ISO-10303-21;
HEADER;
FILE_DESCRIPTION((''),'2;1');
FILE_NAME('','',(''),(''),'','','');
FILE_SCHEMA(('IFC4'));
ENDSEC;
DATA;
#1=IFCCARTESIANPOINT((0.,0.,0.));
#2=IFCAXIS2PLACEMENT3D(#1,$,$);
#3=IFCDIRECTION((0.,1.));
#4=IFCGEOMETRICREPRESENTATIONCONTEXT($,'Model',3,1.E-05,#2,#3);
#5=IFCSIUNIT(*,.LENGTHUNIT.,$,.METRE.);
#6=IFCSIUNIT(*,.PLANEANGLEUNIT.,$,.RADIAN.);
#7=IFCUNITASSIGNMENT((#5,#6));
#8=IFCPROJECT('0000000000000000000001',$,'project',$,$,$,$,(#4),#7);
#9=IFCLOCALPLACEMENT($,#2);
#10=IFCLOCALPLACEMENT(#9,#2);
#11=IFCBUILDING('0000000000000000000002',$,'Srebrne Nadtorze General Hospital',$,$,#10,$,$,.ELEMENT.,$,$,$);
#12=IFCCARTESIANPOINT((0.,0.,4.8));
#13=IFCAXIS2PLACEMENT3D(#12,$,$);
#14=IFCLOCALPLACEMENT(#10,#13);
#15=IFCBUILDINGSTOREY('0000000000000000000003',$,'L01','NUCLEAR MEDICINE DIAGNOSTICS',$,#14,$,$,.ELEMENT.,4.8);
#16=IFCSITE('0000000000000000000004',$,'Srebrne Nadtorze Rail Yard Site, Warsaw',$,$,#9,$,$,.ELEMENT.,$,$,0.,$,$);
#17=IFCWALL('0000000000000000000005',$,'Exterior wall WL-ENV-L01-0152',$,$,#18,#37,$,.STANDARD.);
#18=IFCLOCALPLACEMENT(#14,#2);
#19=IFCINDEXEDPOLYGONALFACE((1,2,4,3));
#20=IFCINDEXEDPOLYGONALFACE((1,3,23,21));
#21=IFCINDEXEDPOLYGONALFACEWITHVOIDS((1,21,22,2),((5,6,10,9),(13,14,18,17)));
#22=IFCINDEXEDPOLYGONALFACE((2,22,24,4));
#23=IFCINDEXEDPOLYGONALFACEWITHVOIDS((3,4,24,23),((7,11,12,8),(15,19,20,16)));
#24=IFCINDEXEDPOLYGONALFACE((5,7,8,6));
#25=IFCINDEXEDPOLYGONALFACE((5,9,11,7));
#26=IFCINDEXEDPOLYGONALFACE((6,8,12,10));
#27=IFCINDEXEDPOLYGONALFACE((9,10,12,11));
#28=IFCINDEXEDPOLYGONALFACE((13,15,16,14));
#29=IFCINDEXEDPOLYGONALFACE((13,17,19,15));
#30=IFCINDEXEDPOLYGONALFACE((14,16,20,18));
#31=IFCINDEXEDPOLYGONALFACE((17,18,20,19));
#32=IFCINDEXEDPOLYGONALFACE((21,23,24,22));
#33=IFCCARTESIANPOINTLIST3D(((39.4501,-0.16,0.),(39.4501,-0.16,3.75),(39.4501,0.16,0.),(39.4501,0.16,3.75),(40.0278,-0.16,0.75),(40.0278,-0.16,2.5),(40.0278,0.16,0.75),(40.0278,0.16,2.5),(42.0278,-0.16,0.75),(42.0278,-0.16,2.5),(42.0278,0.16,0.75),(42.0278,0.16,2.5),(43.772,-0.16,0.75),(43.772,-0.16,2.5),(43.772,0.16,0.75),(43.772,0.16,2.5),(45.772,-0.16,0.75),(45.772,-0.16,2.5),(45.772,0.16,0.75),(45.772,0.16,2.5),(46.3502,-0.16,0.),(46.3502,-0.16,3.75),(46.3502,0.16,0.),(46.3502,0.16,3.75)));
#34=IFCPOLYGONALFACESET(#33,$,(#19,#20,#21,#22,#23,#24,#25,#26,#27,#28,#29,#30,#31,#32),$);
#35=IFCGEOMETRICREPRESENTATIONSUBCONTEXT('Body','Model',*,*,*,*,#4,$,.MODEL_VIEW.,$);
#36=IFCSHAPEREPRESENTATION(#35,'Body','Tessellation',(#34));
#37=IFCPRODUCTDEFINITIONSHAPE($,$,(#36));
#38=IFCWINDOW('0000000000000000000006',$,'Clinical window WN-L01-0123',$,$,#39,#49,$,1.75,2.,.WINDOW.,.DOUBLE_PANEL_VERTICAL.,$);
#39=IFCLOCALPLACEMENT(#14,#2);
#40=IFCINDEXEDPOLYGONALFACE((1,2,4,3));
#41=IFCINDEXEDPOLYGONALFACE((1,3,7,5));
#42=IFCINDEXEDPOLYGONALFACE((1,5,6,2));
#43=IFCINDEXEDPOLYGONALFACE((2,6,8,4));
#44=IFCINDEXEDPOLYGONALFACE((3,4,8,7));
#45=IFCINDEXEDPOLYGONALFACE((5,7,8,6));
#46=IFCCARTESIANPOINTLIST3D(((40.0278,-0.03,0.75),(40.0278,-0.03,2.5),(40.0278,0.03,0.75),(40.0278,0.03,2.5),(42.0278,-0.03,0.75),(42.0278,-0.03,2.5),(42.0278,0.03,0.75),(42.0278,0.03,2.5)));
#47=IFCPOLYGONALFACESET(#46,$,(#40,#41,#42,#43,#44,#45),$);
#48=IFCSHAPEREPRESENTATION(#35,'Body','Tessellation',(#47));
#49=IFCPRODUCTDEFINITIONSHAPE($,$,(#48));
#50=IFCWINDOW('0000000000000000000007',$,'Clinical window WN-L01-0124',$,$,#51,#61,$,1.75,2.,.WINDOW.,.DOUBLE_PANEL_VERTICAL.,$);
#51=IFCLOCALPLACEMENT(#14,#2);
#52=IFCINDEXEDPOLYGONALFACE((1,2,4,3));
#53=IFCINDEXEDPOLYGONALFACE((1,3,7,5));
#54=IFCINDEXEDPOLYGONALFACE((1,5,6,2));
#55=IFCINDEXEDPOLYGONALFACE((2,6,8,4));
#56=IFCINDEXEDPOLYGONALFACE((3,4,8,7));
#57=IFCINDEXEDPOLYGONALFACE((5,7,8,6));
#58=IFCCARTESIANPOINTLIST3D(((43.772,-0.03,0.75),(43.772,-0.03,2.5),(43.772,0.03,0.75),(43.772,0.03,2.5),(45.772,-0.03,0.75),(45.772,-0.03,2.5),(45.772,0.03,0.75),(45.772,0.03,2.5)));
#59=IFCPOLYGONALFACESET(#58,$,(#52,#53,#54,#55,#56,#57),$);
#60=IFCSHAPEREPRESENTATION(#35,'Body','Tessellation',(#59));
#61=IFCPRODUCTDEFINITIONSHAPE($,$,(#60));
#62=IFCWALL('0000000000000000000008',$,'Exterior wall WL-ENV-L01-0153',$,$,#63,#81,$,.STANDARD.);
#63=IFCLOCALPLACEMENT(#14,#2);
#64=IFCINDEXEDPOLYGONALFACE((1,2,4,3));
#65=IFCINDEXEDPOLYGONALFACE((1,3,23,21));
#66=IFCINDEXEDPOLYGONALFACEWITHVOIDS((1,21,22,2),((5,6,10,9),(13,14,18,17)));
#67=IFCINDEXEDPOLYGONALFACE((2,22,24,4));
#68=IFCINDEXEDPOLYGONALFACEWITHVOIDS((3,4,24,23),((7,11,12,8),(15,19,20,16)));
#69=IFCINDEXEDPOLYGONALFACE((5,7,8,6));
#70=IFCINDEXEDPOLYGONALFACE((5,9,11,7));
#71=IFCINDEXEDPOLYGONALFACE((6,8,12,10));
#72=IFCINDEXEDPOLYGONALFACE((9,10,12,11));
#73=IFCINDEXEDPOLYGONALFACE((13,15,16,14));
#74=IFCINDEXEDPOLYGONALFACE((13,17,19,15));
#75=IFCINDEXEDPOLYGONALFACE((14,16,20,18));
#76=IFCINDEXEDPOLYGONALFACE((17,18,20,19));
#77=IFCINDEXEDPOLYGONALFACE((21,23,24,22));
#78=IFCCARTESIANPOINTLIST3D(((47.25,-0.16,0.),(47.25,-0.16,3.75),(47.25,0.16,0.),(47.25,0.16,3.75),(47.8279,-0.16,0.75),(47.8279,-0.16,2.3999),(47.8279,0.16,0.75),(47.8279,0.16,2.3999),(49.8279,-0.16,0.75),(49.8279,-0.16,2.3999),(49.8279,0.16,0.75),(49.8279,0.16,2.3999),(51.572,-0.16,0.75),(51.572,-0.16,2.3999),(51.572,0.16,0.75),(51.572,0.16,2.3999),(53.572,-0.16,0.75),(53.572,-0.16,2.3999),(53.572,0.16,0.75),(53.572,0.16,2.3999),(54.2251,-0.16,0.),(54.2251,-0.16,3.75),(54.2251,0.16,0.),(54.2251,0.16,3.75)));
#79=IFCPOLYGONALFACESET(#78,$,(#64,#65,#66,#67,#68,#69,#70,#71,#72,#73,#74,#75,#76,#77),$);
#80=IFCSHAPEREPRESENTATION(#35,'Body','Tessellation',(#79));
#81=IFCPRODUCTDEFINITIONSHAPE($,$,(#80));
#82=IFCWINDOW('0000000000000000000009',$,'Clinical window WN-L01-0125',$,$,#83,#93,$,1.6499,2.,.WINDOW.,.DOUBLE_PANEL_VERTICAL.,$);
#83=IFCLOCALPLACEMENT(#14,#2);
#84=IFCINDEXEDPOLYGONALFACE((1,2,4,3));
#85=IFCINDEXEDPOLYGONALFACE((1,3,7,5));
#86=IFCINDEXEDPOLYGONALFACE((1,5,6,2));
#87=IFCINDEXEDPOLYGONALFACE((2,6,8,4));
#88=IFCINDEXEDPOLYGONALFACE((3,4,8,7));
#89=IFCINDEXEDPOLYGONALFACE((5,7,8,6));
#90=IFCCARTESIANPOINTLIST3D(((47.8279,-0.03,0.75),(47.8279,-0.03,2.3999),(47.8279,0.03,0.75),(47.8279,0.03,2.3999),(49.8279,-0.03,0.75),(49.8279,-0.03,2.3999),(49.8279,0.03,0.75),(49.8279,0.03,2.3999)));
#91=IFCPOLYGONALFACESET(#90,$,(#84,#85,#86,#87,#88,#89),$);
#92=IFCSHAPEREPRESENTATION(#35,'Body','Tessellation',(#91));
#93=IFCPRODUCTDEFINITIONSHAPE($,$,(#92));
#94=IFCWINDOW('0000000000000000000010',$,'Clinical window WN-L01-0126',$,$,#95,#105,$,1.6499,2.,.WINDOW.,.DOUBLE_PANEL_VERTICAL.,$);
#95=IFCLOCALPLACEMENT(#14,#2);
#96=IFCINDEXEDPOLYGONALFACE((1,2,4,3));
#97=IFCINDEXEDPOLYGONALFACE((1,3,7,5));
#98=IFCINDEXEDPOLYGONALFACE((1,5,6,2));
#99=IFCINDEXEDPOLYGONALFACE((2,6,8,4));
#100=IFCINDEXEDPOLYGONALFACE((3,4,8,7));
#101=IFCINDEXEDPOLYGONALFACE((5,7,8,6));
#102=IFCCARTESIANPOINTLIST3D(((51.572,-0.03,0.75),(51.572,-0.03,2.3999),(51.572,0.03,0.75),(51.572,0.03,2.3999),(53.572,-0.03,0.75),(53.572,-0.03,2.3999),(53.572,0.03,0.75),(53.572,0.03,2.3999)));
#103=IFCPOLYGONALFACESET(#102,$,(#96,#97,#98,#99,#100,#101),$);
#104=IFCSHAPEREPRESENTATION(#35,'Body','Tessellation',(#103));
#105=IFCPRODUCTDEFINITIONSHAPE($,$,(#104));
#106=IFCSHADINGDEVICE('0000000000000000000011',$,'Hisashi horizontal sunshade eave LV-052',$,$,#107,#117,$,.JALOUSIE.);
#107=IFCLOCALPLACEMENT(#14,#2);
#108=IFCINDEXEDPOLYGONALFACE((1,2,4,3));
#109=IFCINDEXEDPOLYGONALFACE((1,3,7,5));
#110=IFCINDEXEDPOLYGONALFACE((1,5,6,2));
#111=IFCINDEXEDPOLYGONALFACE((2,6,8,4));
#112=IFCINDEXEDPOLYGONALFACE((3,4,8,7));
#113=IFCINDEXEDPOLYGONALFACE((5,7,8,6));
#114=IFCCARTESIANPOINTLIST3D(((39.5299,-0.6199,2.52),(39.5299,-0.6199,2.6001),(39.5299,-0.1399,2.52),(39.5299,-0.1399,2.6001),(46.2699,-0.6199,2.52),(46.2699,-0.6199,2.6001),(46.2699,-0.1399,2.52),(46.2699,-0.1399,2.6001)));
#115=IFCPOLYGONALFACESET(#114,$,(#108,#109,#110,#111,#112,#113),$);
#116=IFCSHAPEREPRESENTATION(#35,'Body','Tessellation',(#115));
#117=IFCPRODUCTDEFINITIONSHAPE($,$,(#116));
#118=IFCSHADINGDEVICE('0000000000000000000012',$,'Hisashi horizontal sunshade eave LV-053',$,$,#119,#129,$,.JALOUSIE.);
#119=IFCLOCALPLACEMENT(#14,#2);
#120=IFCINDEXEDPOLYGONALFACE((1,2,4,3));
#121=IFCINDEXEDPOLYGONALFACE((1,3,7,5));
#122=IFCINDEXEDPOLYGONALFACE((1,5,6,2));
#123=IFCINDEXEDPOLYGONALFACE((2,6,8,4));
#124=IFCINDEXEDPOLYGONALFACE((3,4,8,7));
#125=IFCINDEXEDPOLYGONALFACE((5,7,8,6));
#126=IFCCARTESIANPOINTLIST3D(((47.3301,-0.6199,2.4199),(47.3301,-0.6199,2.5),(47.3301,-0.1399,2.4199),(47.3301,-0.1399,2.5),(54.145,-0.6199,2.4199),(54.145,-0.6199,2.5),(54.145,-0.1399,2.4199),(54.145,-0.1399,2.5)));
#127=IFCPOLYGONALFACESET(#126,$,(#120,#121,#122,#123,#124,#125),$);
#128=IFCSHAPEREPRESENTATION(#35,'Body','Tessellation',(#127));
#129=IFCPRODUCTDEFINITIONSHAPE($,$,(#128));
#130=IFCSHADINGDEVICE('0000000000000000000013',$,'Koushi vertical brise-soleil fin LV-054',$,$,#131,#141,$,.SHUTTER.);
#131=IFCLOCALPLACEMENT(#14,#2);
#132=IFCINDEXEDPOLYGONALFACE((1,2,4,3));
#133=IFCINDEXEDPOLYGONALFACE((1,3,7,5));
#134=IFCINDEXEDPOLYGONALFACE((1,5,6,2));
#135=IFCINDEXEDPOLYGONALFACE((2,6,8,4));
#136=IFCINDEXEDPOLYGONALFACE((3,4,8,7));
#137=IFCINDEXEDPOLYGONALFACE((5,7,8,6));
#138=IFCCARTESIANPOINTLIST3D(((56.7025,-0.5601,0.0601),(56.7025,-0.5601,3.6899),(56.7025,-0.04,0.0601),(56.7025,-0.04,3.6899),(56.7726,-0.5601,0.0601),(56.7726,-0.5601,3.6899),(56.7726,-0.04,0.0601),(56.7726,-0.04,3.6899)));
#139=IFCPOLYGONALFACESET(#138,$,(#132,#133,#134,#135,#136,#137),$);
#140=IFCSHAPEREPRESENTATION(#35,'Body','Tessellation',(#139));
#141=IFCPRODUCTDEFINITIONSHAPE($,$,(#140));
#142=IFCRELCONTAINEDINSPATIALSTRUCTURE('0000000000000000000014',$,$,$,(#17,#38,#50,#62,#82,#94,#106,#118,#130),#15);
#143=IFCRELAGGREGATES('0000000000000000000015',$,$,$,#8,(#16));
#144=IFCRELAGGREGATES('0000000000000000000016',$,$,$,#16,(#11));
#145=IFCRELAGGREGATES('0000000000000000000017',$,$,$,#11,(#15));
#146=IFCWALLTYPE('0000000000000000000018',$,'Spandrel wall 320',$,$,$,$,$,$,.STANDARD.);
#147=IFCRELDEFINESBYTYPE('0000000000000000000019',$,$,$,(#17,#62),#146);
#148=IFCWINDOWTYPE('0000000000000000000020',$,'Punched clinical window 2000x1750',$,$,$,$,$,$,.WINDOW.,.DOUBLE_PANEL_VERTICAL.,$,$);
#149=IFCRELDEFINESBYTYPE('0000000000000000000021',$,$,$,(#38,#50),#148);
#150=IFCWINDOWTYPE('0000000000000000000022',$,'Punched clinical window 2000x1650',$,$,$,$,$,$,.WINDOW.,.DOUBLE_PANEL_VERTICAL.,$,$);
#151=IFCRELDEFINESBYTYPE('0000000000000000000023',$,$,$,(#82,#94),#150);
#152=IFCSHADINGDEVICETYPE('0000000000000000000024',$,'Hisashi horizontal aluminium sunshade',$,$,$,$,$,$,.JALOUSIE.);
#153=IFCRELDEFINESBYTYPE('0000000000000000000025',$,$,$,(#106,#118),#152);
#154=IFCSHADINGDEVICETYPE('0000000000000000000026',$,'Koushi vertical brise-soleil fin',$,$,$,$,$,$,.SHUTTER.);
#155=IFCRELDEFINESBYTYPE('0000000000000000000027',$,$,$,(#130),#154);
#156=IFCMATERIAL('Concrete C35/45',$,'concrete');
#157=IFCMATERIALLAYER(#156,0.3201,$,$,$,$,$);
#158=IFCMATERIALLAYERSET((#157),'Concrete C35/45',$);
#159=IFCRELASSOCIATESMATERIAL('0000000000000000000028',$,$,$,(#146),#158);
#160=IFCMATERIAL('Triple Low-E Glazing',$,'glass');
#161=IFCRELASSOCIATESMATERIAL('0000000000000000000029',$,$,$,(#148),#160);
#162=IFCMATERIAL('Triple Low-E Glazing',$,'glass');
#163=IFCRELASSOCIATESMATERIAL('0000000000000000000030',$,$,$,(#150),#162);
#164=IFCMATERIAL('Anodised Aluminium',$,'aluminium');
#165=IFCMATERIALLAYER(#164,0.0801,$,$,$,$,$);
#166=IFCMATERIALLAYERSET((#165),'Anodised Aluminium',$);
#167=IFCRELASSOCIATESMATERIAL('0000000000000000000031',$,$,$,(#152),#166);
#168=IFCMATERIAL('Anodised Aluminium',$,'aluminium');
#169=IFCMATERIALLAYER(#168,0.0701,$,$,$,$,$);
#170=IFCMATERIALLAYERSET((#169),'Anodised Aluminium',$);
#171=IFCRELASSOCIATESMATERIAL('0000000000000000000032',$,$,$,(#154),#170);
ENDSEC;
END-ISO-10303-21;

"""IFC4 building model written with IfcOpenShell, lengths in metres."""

from ifc_helpers import new_model, si_unit, direction, frame, frame_2d, origin, origin_2d, place, context, subcontext, project, spatial, rectangle, extrude, material, layer, layer_set, type_object, element, fill, save


model = new_model("IFC4")

# Units and contexts
model_context = context("Model", 3, precision=1e-05, world=origin(), true_north=direction((0.0, 1.0)))
body_context = subcontext(model_context, "Body", "Model", "MODEL_VIEW")
ifc_project = project(units=[si_unit("LENGTHUNIT", "METRE"), si_unit("PLANEANGLEUNIT", "RADIAN")], contexts=[model_context])

# Site, building, storey
site_placement = place(None, origin())
site = spatial("IfcSite", under=ifc_project, at=site_placement, Name="Srebrne Nadtorze Rail Yard Site, Warsaw", CompositionType="ELEMENT", RefElevation=0.0)
building_placement = place(site_placement, origin())
building = spatial("IfcBuilding", under=site, at=building_placement, Name="Srebrne Nadtorze General Hospital", CompositionType="ELEMENT")
storey_placement = place(building_placement, frame((0.0, 0.0, 4.8)))
storey = spatial("IfcBuildingStorey", under=building, at=storey_placement, Name="L01", Description="NUCLEAR MEDICINE DIAGNOSTICS", CompositionType="ELEMENT", Elevation=4.8)

# Walls, openings, windows
ifc_material_1 = material(Name="Concrete C35/45", Category="concrete")
ifc_layer_1 = layer(ifc_material_1, 0.3201)
ifc_layer_set_1 = layer_set([ifc_layer_1], Name="Concrete C35/45")
wall_type_1 = type_object("IfcWallType", Name="Spandrel wall 320", PredefinedType="STANDARD", material=ifc_layer_set_1)
wall_1_placement = place(storey_placement, frame((39.45, 0.0, 0.0), z_axis=(0.0, 0.0, 1.0), x_axis=(1.0, 0.0, 0.0)))
wall_1 = element("IfcWall", 1, at=wall_1_placement, inside=storey, type_object=wall_type_1, Name="Exterior wall WL-ENV-L01-0152", PredefinedType="STANDARD", context=body_context, shape_type="SweptSolid", body=[
    extrude(rectangle(XDim=6.9001, YDim=0.3201, at=frame_2d((3.4502, 0.0))), origin(), (0.0, 0.0, 1.0), 3.75),
])
opening_1_placement = place(wall_1_placement, frame((0.5779, 0.0, 0.75)))
opening_1 = element("IfcOpeningElement", 2, at=opening_1_placement, cuts=wall_1, PredefinedType="OPENING", context=body_context, shape_type="SweptSolid", body=[
    extrude(rectangle(XDim=2.0, YDim=1.75, at=frame_2d((1.0, 0.875))), frame((0.0, 0.1719, 0.0), z_axis=(0.0, -1.0, 0.0), x_axis=(1.0, 0.0, 0.0)), (0.0, 0.0, 1.0), 0.344),
])
opening_2_placement = place(wall_1_placement, frame((4.322, 0.0, 0.75)))
opening_2 = element("IfcOpeningElement", 3, at=opening_2_placement, cuts=wall_1, PredefinedType="OPENING", context=body_context, shape_type="SweptSolid", body=[
    extrude(rectangle(XDim=2.0, YDim=1.75, at=frame_2d((1.0, 0.875))), frame((0.0, 0.1719, 0.0), z_axis=(0.0, -1.0, 0.0), x_axis=(1.0, 0.0, 0.0)), (0.0, 0.0, 1.0), 0.344),
])
ifc_material_2 = material(Name="Triple Low-E Glazing", Category="glass")
window_type_1 = type_object("IfcWindowType", Name="Punched clinical window 2000x1750", PartitioningType="DOUBLE_PANEL_VERTICAL", PredefinedType="WINDOW", material=ifc_material_2)
window_1_placement = place(opening_1_placement, origin())
window_1 = element("IfcWindow", 4, at=window_1_placement, inside=storey, type_object=window_type_1, Name="Clinical window WN-L01-0123", OverallHeight=1.75, OverallWidth=2.0, PartitioningType="DOUBLE_PANEL_VERTICAL", PredefinedType="WINDOW", context=body_context, shape_type="SweptSolid", body=[
    extrude(rectangle(XDim=2.0, YDim=1.75, at=frame_2d((1.0, 0.875))), frame((0.0, 0.03, 0.0), z_axis=(0.0, -1.0, 0.0), x_axis=(1.0, 0.0, 0.0)), (0.0, 0.0, 1.0), 0.0601),
])
fill(opening_1, window_1)
window_2_placement = place(opening_2_placement, origin())
window_2 = element("IfcWindow", 5, at=window_2_placement, inside=storey, type_object=window_type_1, Name="Clinical window WN-L01-0124", OverallHeight=1.75, OverallWidth=2.0, PartitioningType="DOUBLE_PANEL_VERTICAL", PredefinedType="WINDOW", context=body_context, shape_type="SweptSolid", body=[
    extrude(rectangle(XDim=2.0, YDim=1.75, at=frame_2d((1.0, 0.875))), frame((0.0, 0.03, 0.0), z_axis=(0.0, -1.0, 0.0), x_axis=(1.0, 0.0, 0.0)), (0.0, 0.0, 1.0), 0.0601),
])
fill(opening_2, window_2)
wall_2_placement = place(storey_placement, frame((47.25, 0.0, 0.0), z_axis=(0.0, 0.0, 1.0), x_axis=(1.0, 0.0, 0.0)))
wall_2 = element("IfcWall", 6, at=wall_2_placement, inside=storey, type_object=wall_type_1, Name="Exterior wall WL-ENV-L01-0153", PredefinedType="STANDARD", context=body_context, shape_type="SweptSolid", body=[
    extrude(rectangle(XDim=6.9751, YDim=0.3201, at=frame_2d((3.4875, 0.0))), origin(), (0.0, 0.0, 1.0), 3.75),
])
opening_3_placement = place(wall_2_placement, frame((0.5779, 0.0, 0.75)))
opening_3 = element("IfcOpeningElement", 7, at=opening_3_placement, cuts=wall_2, PredefinedType="OPENING", context=body_context, shape_type="SweptSolid", body=[
    extrude(rectangle(XDim=2.0, YDim=1.6499, at=frame_2d((1.0, 0.825))), frame((0.0, 0.1719, 0.0), z_axis=(0.0, -1.0, 0.0), x_axis=(1.0, 0.0, 0.0)), (0.0, 0.0, 1.0), 0.344),
])
opening_4_placement = place(wall_2_placement, frame((4.322, 0.0, 0.75)))
opening_4 = element("IfcOpeningElement", 8, at=opening_4_placement, cuts=wall_2, PredefinedType="OPENING", context=body_context, shape_type="SweptSolid", body=[
    extrude(rectangle(XDim=2.0, YDim=1.6499, at=frame_2d((1.0, 0.825))), frame((0.0, 0.1719, 0.0), z_axis=(0.0, -1.0, 0.0), x_axis=(1.0, 0.0, 0.0)), (0.0, 0.0, 1.0), 0.344),
])
ifc_material_3 = material(Name="Triple Low-E Glazing", Category="glass")
window_type_2 = type_object("IfcWindowType", Name="Punched clinical window 2000x1650", PartitioningType="DOUBLE_PANEL_VERTICAL", PredefinedType="WINDOW", material=ifc_material_3)
window_3_placement = place(opening_3_placement, origin())
window_3 = element("IfcWindow", 9, at=window_3_placement, inside=storey, type_object=window_type_2, Name="Clinical window WN-L01-0125", OverallHeight=1.6499, OverallWidth=2.0, PartitioningType="DOUBLE_PANEL_VERTICAL", PredefinedType="WINDOW", context=body_context, shape_type="SweptSolid", body=[
    extrude(rectangle(XDim=2.0, YDim=1.6499, at=frame_2d((1.0, 0.825))), frame((0.0, 0.03, 0.0), z_axis=(0.0, -1.0, 0.0), x_axis=(1.0, 0.0, 0.0)), (0.0, 0.0, 1.0), 0.0601),
])
fill(opening_3, window_3)
window_4_placement = place(opening_4_placement, origin())
window_4 = element("IfcWindow", 10, at=window_4_placement, inside=storey, type_object=window_type_2, Name="Clinical window WN-L01-0126", OverallHeight=1.6499, OverallWidth=2.0, PartitioningType="DOUBLE_PANEL_VERTICAL", PredefinedType="WINDOW", context=body_context, shape_type="SweptSolid", body=[
    extrude(rectangle(XDim=2.0, YDim=1.6499, at=frame_2d((1.0, 0.825))), frame((0.0, 0.03, 0.0), z_axis=(0.0, -1.0, 0.0), x_axis=(1.0, 0.0, 0.0)), (0.0, 0.0, 1.0), 0.0601),
])
fill(opening_4, window_4)

# Shading devices
ifc_material_4 = material(Name="Anodised Aluminium", Category="aluminium")
ifc_layer_2 = layer(ifc_material_4, 0.0801)
ifc_layer_set_2 = layer_set([ifc_layer_2], Name="Anodised Aluminium")
shading_device_type_1 = type_object("IfcShadingDeviceType", Name="Hisashi horizontal aluminium sunshade", PredefinedType="JALOUSIE", material=ifc_layer_set_2)
shading_device_1_placement = place(storey_placement, frame((42.8999, -0.3799, 2.52), z_axis=(0.0, 0.0, 1.0), x_axis=(1.0, 0.0, 0.0)))
element("IfcShadingDevice", 11, at=shading_device_1_placement, inside=storey, type_object=shading_device_type_1, Name="Hisashi horizontal sunshade eave LV-052", PredefinedType="JALOUSIE", context=body_context, shape_type="SweptSolid", body=[
    extrude(rectangle(XDim=6.74, YDim=0.48, at=origin_2d()), origin(), (0.0, 0.0, 1.0), 0.0801),
])
shading_device_2_placement = place(storey_placement, frame((50.7375, -0.3799, 2.4199), z_axis=(0.0, 0.0, 1.0), x_axis=(1.0, 0.0, 0.0)))
element("IfcShadingDevice", 12, at=shading_device_2_placement, inside=storey, type_object=shading_device_type_1, Name="Hisashi horizontal sunshade eave LV-053", PredefinedType="JALOUSIE", context=body_context, shape_type="SweptSolid", body=[
    extrude(rectangle(XDim=6.8149, YDim=0.48, at=origin_2d()), origin(), (0.0, 0.0, 1.0), 0.0801),
])
ifc_material_5 = material(Name="Anodised Aluminium", Category="aluminium")
ifc_layer_3 = layer(ifc_material_5, 0.0701)
ifc_layer_set_3 = layer_set([ifc_layer_3], Name="Anodised Aluminium")
shading_device_type_2 = type_object("IfcShadingDeviceType", Name="Koushi vertical brise-soleil fin", PredefinedType="SHUTTER", material=ifc_layer_set_3)
shading_device_3_placement = place(storey_placement, frame((56.7375, -0.3, 0.0601), z_axis=(0.0, 0.0, 1.0), x_axis=(1.0, 0.0, 0.0)))
element("IfcShadingDevice", 13, at=shading_device_3_placement, inside=storey, type_object=shading_device_type_2, Name="Koushi vertical brise-soleil fin LV-054", PredefinedType="SHUTTER", context=body_context, shape_type="SweptSolid", body=[
    extrude(rectangle(XDim=0.0701, YDim=0.52, at=origin_2d()), origin(), (0.0, 0.0, 1.0), 3.6299),
])

save(model, "model.ifc")
